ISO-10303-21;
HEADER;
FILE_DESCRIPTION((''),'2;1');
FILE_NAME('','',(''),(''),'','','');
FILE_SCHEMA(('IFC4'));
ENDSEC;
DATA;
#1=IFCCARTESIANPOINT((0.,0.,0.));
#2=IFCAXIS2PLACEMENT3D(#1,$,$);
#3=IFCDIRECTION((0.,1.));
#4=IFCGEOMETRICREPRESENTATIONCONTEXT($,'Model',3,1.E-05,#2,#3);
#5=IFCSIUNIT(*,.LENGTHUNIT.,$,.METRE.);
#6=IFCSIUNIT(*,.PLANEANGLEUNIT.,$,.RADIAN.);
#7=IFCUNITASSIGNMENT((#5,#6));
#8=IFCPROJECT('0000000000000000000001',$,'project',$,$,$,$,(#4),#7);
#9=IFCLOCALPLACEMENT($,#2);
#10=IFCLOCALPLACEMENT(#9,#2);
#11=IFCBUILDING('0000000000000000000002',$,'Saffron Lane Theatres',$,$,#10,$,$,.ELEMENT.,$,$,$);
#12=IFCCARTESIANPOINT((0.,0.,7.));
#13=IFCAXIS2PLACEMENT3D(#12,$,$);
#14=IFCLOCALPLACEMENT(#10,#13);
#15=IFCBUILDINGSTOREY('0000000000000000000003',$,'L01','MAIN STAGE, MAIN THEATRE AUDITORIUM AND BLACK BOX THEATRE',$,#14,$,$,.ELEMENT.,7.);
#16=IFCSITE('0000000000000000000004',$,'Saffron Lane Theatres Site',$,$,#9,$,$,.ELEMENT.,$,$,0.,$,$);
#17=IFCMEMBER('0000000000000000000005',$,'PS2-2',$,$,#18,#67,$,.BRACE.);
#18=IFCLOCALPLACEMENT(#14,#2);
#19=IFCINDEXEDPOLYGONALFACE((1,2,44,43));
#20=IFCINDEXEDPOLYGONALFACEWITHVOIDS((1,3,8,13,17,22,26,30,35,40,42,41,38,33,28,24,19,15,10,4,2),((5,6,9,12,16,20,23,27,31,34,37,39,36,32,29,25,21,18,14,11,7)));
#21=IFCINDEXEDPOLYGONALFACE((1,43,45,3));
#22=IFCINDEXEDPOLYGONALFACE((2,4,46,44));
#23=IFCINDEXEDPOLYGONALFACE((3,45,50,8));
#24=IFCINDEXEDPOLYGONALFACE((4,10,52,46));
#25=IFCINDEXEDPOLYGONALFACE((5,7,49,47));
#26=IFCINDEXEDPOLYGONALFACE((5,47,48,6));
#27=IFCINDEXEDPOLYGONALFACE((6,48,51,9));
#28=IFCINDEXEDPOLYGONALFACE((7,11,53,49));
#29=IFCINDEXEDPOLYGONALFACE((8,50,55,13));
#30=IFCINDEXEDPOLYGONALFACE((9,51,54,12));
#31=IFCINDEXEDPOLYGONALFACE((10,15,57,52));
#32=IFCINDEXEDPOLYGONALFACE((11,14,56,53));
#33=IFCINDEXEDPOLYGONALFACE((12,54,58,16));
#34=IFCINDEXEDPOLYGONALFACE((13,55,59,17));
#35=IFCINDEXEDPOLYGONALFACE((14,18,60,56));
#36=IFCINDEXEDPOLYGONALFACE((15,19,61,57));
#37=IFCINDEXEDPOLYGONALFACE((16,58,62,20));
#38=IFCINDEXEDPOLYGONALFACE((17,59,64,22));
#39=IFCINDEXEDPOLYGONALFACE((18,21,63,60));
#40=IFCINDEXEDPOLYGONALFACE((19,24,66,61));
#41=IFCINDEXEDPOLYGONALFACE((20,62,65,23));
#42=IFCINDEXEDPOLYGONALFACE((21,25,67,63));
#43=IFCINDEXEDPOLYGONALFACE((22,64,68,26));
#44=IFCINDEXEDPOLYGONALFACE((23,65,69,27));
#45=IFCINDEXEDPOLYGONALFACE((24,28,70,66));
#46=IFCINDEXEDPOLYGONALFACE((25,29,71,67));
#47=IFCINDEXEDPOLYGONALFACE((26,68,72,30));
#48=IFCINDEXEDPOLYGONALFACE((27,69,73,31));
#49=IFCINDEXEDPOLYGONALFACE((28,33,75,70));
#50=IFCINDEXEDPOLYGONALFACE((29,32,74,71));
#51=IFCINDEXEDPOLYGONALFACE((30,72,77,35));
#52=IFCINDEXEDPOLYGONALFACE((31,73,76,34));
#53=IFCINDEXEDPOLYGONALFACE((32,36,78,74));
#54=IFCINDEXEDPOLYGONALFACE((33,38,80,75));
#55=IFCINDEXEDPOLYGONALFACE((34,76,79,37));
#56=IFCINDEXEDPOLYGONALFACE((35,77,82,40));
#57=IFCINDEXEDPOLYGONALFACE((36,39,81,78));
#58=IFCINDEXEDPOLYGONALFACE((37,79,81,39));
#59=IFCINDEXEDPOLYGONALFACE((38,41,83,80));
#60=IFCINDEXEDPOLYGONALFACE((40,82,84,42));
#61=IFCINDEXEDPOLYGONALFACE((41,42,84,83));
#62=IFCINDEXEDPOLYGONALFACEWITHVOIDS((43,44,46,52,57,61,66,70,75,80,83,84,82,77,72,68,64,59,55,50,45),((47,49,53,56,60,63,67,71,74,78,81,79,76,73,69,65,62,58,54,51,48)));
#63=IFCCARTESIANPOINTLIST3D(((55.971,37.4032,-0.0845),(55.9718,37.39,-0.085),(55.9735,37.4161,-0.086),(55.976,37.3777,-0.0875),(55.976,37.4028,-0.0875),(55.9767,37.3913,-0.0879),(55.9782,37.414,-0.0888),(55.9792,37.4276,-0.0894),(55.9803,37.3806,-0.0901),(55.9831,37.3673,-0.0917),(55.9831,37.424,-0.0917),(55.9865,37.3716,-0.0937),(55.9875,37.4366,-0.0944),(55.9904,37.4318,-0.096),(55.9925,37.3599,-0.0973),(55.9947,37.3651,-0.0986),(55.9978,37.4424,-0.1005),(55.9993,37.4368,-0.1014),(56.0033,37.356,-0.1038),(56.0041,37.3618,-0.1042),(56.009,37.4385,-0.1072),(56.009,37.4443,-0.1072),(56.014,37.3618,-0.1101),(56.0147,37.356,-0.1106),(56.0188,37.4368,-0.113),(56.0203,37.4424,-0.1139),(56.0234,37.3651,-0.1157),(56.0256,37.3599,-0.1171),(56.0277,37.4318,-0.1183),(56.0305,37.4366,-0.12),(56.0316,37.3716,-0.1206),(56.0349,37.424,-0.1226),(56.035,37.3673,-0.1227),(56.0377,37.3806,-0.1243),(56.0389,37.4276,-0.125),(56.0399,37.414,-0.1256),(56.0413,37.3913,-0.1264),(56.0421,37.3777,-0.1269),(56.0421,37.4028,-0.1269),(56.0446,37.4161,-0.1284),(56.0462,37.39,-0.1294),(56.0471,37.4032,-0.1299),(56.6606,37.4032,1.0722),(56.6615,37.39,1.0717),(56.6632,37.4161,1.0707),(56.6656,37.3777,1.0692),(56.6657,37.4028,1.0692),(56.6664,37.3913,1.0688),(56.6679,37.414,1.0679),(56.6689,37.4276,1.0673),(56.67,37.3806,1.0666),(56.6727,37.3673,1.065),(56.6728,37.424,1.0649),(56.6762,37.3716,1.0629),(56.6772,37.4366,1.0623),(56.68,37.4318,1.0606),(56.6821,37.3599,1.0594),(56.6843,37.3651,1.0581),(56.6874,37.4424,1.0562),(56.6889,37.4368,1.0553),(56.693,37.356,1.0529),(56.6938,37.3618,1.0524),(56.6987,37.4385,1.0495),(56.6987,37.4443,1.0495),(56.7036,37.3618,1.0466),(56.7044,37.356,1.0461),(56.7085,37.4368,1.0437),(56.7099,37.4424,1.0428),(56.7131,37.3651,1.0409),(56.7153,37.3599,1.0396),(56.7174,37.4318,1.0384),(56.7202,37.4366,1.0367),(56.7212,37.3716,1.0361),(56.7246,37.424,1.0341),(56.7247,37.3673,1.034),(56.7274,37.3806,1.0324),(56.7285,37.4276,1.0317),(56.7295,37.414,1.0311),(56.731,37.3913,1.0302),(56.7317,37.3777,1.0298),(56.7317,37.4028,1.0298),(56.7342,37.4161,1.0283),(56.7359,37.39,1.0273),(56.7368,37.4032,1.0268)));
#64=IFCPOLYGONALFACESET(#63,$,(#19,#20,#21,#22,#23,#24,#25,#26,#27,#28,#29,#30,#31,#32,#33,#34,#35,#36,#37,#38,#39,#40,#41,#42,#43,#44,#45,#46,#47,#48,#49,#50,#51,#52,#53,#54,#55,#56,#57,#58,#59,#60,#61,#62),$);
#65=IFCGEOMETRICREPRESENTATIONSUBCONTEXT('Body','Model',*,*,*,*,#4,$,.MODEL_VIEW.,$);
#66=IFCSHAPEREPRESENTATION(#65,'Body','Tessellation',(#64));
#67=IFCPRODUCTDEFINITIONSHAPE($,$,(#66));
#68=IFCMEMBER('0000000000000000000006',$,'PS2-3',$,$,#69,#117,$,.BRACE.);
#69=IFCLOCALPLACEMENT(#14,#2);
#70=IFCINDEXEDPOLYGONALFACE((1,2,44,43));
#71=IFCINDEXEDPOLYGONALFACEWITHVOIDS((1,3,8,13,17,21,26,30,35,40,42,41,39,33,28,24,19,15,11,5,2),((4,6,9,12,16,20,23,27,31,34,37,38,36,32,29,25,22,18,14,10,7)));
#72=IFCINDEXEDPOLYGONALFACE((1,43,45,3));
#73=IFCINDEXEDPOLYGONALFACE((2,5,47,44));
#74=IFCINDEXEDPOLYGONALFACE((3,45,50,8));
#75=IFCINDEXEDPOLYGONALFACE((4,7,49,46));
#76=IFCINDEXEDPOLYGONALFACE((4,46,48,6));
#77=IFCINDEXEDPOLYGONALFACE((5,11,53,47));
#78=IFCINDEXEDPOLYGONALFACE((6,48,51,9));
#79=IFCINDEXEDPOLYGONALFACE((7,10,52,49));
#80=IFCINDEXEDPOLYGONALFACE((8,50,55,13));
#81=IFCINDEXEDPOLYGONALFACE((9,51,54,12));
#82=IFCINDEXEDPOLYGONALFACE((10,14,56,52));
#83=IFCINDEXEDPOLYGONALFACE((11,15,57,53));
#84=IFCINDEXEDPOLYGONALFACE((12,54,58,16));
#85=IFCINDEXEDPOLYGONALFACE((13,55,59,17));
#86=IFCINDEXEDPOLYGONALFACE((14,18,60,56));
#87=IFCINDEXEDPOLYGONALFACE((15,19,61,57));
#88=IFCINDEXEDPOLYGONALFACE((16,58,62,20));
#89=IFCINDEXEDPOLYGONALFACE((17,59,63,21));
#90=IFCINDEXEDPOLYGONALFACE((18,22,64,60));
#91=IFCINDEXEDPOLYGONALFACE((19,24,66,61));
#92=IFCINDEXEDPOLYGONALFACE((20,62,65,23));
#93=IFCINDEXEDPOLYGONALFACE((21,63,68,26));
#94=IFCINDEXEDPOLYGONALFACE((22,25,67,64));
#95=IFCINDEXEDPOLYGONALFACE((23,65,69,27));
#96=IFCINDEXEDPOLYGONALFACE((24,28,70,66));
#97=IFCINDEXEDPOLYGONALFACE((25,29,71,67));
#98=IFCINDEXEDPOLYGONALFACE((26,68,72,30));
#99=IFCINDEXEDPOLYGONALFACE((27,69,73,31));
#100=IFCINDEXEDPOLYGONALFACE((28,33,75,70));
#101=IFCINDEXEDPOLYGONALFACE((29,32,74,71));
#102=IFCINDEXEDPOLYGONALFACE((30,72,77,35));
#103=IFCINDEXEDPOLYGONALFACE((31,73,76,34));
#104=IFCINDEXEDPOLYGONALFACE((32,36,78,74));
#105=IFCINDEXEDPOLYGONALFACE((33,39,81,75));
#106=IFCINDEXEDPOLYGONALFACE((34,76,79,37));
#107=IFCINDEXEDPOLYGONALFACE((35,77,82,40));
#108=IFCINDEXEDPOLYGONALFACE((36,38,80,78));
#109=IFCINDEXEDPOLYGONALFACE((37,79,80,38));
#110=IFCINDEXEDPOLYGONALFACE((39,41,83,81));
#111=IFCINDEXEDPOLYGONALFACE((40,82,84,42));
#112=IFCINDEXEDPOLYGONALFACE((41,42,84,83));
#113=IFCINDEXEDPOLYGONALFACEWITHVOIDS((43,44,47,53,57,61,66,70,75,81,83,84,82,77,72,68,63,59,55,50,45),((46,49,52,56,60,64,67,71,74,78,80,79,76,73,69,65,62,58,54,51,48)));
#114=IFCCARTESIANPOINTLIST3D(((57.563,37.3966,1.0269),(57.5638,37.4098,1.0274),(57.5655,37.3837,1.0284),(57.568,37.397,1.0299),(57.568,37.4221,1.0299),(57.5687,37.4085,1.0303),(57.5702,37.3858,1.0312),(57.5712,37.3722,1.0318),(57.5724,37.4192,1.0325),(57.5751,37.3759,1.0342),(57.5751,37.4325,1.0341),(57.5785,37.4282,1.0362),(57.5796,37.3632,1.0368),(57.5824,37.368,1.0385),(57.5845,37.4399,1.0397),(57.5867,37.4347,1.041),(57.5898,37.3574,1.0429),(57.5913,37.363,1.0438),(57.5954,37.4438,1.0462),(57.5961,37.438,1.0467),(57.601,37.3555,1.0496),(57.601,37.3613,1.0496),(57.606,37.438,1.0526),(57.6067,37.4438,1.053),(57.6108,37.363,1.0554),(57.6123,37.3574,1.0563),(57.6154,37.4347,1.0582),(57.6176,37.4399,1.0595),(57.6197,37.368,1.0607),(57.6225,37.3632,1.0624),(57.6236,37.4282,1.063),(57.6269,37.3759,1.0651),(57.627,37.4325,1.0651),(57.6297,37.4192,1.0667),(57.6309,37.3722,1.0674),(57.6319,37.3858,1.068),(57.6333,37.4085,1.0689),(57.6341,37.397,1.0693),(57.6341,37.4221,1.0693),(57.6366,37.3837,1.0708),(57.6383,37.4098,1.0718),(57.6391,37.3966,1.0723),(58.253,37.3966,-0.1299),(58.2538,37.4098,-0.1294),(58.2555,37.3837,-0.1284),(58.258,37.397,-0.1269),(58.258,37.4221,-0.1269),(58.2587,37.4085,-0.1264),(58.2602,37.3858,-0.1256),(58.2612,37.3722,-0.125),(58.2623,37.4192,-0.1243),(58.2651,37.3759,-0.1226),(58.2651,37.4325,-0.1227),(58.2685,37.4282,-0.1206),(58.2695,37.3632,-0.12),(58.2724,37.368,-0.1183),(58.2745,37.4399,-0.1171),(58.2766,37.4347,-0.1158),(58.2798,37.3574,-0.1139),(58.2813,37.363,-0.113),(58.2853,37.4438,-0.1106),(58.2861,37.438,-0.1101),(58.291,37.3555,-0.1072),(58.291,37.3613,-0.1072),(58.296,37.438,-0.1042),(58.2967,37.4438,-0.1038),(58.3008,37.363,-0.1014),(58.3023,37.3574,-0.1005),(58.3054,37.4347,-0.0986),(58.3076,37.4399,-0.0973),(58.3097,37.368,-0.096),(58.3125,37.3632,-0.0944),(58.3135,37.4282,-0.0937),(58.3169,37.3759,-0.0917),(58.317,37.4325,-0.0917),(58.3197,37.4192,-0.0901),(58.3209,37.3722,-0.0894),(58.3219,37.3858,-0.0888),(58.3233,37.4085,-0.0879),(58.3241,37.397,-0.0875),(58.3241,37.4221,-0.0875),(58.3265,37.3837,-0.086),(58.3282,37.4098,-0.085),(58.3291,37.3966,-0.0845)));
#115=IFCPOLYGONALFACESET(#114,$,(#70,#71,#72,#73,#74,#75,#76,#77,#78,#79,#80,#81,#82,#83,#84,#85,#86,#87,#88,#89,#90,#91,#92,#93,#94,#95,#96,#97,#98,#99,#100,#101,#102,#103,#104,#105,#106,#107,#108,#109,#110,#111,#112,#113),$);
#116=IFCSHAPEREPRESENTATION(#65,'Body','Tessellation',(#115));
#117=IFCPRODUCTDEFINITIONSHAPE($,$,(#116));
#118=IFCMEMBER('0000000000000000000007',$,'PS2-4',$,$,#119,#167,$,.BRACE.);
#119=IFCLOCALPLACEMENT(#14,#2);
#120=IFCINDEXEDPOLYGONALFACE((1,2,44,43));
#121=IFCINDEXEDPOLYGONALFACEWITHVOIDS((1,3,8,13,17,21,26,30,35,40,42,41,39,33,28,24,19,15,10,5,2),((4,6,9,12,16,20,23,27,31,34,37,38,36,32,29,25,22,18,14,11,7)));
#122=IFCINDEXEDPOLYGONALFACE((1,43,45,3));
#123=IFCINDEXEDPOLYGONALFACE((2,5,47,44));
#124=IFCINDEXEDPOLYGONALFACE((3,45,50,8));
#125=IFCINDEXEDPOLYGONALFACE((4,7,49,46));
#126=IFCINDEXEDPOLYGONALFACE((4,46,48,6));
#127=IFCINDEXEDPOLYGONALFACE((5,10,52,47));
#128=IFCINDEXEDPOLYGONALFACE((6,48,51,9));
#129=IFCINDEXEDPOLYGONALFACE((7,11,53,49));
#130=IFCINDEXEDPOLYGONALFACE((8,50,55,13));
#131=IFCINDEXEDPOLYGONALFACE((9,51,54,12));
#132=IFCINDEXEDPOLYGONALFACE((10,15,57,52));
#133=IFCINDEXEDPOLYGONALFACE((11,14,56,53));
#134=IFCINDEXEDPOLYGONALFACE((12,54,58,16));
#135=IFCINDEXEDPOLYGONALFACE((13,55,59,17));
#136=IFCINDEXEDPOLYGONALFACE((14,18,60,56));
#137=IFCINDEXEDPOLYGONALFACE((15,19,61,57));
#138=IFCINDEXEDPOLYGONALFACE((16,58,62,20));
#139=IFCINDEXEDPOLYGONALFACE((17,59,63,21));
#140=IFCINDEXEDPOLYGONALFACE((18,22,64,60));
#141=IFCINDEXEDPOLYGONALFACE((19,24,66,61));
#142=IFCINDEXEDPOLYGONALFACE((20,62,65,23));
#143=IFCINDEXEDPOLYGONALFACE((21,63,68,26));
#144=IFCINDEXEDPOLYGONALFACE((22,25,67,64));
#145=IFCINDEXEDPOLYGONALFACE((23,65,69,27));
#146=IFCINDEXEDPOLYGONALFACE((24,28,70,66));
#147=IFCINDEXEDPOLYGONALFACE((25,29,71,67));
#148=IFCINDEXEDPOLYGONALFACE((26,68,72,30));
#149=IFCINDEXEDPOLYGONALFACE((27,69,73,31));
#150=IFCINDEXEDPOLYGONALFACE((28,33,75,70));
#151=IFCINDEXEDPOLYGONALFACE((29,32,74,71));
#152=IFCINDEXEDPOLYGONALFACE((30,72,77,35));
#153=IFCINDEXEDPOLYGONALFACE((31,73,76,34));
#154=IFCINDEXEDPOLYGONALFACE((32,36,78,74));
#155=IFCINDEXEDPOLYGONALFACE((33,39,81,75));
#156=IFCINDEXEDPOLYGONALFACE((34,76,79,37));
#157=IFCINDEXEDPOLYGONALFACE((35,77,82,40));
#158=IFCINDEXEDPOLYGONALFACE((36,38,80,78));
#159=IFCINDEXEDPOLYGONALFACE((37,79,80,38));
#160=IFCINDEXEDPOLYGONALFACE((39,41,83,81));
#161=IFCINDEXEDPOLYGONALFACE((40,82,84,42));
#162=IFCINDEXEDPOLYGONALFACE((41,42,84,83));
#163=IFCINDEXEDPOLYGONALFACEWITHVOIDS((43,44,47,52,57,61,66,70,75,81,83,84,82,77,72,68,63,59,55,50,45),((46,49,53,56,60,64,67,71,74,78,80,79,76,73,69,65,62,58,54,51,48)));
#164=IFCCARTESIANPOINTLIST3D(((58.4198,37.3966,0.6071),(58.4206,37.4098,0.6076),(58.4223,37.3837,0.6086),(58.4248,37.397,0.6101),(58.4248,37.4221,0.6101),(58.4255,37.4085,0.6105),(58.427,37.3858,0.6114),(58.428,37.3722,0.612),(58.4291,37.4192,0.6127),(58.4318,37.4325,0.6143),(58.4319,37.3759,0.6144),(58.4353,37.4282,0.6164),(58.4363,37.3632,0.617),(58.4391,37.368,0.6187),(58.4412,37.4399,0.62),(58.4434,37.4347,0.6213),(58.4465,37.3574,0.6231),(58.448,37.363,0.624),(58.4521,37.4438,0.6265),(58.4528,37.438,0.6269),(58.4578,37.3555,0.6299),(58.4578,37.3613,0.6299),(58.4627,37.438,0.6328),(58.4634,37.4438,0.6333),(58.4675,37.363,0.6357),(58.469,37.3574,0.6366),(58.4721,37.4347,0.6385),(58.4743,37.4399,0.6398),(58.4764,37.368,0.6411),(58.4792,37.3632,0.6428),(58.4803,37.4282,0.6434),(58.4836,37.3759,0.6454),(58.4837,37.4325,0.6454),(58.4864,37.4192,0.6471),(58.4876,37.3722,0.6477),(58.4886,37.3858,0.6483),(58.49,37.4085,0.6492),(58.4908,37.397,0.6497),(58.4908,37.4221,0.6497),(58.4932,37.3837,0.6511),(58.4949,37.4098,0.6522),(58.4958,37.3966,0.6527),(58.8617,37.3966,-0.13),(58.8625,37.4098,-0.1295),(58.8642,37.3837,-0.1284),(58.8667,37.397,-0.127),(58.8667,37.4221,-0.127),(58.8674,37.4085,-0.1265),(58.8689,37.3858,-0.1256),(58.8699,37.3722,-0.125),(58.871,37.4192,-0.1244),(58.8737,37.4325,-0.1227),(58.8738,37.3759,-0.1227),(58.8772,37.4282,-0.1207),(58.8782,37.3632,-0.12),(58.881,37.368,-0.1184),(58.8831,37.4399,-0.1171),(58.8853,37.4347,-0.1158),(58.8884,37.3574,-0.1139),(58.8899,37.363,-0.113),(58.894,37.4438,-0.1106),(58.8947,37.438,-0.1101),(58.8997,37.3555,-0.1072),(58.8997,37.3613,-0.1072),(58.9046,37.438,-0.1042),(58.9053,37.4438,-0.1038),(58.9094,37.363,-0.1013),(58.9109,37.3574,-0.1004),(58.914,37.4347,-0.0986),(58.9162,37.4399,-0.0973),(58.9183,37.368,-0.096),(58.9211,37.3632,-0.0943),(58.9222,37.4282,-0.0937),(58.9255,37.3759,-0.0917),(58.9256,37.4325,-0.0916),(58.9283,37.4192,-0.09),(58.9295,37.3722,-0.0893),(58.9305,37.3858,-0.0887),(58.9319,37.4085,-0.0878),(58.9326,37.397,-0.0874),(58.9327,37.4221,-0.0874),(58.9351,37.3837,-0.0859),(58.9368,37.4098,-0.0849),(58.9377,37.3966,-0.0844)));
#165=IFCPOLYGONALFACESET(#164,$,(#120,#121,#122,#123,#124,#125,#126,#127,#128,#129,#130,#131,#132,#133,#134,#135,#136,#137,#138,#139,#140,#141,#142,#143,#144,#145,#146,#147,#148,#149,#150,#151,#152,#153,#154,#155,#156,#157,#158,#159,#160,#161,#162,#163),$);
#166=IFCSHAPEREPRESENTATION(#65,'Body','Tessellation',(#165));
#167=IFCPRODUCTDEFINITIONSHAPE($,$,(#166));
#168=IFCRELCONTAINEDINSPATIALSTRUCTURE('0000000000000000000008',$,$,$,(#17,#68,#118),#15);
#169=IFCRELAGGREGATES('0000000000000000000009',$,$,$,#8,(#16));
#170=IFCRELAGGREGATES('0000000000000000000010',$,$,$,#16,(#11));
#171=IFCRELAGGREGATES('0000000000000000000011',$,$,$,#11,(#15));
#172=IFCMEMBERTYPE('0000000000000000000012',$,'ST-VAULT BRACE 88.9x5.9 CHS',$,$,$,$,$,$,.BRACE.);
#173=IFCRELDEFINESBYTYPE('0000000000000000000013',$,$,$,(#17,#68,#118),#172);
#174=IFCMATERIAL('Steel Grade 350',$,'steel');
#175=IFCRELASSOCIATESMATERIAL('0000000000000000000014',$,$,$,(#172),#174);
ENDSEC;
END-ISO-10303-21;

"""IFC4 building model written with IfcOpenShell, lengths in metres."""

from ifc_helpers import new_model, si_unit, direction, frame, origin, origin_2d, place, context, subcontext, project, spatial, hollow_circle, extrude, material, material_profile, profile_set, type_object, element, save


model = new_model("IFC4")

# Units and contexts
model_context = context("Model", 3, precision=1e-05, world=origin(), true_north=direction((0.0, 1.0)))
body_context = subcontext(model_context, "Body", "Model", "MODEL_VIEW")
ifc_project = project(units=[si_unit("LENGTHUNIT", "METRE"), si_unit("PLANEANGLEUNIT", "RADIAN")], contexts=[model_context])

# Site, building, storey
site_placement = place(None, origin())
site = spatial("IfcSite", under=ifc_project, at=site_placement, Name="Saffron Lane Theatres Site", CompositionType="ELEMENT", RefElevation=0.0)
building_placement = place(site_placement, origin())
building = spatial("IfcBuilding", under=site, at=building_placement, Name="Saffron Lane Theatres", CompositionType="ELEMENT")
storey_placement = place(building_placement, frame((0.0, 0.0, 7.0)))
storey = spatial("IfcBuildingStorey", under=building, at=storey_placement, Name="L01", Description="MAIN STAGE, MAIN THEATRE AUDITORIUM AND BLACK BOX THEATRE", CompositionType="ELEMENT", Elevation=7.0)

# Members
ifc_material_1 = material(Name="Steel Grade 350", Category="steel")
ifc_material_profile_1 = material_profile(ifc_material_1, hollow_circle(Radius=0.0444, WallThickness=0.0059, at=origin_2d()))
ifc_profile_set_1 = profile_set([ifc_material_profile_1], Name="Steel Grade 350")
member_type = type_object("IfcMemberType", Name="ST-VAULT BRACE 88.9x5.9 CHS", PredefinedType="BRACE", material=ifc_profile_set_1)
member_1_placement = place(storey_placement, frame((56.009, 37.3999, -0.1072), z_axis=(0.512121, 0.0, 0.858913), x_axis=(0.0, 1.0, 0.0)))
element("IfcMember", 1, at=member_1_placement, inside=storey, type_object=member_type, Name="PS2-2", PredefinedType="BRACE", context=body_context, shape_type="SweptSolid", body=[
    extrude(hollow_circle(Radius=0.0444, WallThickness=0.0059, at=origin_2d()), origin(), (0.0, 0.0, 1.0), 1.3467),
])
member_2_placement = place(storey_placement, frame((58.291, 37.3999, -0.1072), z_axis=(-0.512255, 0.0, 0.858833), x_axis=(0.0, -1.0, 0.0)))
element("IfcMember", 2, at=member_2_placement, inside=storey, type_object=member_type, Name="PS2-3", PredefinedType="BRACE", context=body_context, shape_type="SweptSolid", body=[
    extrude(hollow_circle(Radius=0.0444, WallThickness=0.0059, at=origin_2d()), origin(), (0.0, 0.0, 1.0), 1.3469),
])
for number, where, z_axis, x_axis, name in (
    (3, (58.8997, 37.3999, -0.1072), (-0.514203, 0.0, 0.857668), (0.0, -1.0, 0.0), "PS2-4"),
):
    element("IfcMember", number, at=place(storey_placement, frame(where, z_axis=z_axis, x_axis=x_axis)), inside=storey, type_object=member_type, Name=name, PredefinedType="BRACE", context=body_context, shape_type="SweptSolid", body=[
        extrude(hollow_circle(Radius=0.0444, WallThickness=0.0059, at=origin_2d()), origin(), (0.0, 0.0, 1.0), 0.8594),
    ])

save(model, "model.ifc")
